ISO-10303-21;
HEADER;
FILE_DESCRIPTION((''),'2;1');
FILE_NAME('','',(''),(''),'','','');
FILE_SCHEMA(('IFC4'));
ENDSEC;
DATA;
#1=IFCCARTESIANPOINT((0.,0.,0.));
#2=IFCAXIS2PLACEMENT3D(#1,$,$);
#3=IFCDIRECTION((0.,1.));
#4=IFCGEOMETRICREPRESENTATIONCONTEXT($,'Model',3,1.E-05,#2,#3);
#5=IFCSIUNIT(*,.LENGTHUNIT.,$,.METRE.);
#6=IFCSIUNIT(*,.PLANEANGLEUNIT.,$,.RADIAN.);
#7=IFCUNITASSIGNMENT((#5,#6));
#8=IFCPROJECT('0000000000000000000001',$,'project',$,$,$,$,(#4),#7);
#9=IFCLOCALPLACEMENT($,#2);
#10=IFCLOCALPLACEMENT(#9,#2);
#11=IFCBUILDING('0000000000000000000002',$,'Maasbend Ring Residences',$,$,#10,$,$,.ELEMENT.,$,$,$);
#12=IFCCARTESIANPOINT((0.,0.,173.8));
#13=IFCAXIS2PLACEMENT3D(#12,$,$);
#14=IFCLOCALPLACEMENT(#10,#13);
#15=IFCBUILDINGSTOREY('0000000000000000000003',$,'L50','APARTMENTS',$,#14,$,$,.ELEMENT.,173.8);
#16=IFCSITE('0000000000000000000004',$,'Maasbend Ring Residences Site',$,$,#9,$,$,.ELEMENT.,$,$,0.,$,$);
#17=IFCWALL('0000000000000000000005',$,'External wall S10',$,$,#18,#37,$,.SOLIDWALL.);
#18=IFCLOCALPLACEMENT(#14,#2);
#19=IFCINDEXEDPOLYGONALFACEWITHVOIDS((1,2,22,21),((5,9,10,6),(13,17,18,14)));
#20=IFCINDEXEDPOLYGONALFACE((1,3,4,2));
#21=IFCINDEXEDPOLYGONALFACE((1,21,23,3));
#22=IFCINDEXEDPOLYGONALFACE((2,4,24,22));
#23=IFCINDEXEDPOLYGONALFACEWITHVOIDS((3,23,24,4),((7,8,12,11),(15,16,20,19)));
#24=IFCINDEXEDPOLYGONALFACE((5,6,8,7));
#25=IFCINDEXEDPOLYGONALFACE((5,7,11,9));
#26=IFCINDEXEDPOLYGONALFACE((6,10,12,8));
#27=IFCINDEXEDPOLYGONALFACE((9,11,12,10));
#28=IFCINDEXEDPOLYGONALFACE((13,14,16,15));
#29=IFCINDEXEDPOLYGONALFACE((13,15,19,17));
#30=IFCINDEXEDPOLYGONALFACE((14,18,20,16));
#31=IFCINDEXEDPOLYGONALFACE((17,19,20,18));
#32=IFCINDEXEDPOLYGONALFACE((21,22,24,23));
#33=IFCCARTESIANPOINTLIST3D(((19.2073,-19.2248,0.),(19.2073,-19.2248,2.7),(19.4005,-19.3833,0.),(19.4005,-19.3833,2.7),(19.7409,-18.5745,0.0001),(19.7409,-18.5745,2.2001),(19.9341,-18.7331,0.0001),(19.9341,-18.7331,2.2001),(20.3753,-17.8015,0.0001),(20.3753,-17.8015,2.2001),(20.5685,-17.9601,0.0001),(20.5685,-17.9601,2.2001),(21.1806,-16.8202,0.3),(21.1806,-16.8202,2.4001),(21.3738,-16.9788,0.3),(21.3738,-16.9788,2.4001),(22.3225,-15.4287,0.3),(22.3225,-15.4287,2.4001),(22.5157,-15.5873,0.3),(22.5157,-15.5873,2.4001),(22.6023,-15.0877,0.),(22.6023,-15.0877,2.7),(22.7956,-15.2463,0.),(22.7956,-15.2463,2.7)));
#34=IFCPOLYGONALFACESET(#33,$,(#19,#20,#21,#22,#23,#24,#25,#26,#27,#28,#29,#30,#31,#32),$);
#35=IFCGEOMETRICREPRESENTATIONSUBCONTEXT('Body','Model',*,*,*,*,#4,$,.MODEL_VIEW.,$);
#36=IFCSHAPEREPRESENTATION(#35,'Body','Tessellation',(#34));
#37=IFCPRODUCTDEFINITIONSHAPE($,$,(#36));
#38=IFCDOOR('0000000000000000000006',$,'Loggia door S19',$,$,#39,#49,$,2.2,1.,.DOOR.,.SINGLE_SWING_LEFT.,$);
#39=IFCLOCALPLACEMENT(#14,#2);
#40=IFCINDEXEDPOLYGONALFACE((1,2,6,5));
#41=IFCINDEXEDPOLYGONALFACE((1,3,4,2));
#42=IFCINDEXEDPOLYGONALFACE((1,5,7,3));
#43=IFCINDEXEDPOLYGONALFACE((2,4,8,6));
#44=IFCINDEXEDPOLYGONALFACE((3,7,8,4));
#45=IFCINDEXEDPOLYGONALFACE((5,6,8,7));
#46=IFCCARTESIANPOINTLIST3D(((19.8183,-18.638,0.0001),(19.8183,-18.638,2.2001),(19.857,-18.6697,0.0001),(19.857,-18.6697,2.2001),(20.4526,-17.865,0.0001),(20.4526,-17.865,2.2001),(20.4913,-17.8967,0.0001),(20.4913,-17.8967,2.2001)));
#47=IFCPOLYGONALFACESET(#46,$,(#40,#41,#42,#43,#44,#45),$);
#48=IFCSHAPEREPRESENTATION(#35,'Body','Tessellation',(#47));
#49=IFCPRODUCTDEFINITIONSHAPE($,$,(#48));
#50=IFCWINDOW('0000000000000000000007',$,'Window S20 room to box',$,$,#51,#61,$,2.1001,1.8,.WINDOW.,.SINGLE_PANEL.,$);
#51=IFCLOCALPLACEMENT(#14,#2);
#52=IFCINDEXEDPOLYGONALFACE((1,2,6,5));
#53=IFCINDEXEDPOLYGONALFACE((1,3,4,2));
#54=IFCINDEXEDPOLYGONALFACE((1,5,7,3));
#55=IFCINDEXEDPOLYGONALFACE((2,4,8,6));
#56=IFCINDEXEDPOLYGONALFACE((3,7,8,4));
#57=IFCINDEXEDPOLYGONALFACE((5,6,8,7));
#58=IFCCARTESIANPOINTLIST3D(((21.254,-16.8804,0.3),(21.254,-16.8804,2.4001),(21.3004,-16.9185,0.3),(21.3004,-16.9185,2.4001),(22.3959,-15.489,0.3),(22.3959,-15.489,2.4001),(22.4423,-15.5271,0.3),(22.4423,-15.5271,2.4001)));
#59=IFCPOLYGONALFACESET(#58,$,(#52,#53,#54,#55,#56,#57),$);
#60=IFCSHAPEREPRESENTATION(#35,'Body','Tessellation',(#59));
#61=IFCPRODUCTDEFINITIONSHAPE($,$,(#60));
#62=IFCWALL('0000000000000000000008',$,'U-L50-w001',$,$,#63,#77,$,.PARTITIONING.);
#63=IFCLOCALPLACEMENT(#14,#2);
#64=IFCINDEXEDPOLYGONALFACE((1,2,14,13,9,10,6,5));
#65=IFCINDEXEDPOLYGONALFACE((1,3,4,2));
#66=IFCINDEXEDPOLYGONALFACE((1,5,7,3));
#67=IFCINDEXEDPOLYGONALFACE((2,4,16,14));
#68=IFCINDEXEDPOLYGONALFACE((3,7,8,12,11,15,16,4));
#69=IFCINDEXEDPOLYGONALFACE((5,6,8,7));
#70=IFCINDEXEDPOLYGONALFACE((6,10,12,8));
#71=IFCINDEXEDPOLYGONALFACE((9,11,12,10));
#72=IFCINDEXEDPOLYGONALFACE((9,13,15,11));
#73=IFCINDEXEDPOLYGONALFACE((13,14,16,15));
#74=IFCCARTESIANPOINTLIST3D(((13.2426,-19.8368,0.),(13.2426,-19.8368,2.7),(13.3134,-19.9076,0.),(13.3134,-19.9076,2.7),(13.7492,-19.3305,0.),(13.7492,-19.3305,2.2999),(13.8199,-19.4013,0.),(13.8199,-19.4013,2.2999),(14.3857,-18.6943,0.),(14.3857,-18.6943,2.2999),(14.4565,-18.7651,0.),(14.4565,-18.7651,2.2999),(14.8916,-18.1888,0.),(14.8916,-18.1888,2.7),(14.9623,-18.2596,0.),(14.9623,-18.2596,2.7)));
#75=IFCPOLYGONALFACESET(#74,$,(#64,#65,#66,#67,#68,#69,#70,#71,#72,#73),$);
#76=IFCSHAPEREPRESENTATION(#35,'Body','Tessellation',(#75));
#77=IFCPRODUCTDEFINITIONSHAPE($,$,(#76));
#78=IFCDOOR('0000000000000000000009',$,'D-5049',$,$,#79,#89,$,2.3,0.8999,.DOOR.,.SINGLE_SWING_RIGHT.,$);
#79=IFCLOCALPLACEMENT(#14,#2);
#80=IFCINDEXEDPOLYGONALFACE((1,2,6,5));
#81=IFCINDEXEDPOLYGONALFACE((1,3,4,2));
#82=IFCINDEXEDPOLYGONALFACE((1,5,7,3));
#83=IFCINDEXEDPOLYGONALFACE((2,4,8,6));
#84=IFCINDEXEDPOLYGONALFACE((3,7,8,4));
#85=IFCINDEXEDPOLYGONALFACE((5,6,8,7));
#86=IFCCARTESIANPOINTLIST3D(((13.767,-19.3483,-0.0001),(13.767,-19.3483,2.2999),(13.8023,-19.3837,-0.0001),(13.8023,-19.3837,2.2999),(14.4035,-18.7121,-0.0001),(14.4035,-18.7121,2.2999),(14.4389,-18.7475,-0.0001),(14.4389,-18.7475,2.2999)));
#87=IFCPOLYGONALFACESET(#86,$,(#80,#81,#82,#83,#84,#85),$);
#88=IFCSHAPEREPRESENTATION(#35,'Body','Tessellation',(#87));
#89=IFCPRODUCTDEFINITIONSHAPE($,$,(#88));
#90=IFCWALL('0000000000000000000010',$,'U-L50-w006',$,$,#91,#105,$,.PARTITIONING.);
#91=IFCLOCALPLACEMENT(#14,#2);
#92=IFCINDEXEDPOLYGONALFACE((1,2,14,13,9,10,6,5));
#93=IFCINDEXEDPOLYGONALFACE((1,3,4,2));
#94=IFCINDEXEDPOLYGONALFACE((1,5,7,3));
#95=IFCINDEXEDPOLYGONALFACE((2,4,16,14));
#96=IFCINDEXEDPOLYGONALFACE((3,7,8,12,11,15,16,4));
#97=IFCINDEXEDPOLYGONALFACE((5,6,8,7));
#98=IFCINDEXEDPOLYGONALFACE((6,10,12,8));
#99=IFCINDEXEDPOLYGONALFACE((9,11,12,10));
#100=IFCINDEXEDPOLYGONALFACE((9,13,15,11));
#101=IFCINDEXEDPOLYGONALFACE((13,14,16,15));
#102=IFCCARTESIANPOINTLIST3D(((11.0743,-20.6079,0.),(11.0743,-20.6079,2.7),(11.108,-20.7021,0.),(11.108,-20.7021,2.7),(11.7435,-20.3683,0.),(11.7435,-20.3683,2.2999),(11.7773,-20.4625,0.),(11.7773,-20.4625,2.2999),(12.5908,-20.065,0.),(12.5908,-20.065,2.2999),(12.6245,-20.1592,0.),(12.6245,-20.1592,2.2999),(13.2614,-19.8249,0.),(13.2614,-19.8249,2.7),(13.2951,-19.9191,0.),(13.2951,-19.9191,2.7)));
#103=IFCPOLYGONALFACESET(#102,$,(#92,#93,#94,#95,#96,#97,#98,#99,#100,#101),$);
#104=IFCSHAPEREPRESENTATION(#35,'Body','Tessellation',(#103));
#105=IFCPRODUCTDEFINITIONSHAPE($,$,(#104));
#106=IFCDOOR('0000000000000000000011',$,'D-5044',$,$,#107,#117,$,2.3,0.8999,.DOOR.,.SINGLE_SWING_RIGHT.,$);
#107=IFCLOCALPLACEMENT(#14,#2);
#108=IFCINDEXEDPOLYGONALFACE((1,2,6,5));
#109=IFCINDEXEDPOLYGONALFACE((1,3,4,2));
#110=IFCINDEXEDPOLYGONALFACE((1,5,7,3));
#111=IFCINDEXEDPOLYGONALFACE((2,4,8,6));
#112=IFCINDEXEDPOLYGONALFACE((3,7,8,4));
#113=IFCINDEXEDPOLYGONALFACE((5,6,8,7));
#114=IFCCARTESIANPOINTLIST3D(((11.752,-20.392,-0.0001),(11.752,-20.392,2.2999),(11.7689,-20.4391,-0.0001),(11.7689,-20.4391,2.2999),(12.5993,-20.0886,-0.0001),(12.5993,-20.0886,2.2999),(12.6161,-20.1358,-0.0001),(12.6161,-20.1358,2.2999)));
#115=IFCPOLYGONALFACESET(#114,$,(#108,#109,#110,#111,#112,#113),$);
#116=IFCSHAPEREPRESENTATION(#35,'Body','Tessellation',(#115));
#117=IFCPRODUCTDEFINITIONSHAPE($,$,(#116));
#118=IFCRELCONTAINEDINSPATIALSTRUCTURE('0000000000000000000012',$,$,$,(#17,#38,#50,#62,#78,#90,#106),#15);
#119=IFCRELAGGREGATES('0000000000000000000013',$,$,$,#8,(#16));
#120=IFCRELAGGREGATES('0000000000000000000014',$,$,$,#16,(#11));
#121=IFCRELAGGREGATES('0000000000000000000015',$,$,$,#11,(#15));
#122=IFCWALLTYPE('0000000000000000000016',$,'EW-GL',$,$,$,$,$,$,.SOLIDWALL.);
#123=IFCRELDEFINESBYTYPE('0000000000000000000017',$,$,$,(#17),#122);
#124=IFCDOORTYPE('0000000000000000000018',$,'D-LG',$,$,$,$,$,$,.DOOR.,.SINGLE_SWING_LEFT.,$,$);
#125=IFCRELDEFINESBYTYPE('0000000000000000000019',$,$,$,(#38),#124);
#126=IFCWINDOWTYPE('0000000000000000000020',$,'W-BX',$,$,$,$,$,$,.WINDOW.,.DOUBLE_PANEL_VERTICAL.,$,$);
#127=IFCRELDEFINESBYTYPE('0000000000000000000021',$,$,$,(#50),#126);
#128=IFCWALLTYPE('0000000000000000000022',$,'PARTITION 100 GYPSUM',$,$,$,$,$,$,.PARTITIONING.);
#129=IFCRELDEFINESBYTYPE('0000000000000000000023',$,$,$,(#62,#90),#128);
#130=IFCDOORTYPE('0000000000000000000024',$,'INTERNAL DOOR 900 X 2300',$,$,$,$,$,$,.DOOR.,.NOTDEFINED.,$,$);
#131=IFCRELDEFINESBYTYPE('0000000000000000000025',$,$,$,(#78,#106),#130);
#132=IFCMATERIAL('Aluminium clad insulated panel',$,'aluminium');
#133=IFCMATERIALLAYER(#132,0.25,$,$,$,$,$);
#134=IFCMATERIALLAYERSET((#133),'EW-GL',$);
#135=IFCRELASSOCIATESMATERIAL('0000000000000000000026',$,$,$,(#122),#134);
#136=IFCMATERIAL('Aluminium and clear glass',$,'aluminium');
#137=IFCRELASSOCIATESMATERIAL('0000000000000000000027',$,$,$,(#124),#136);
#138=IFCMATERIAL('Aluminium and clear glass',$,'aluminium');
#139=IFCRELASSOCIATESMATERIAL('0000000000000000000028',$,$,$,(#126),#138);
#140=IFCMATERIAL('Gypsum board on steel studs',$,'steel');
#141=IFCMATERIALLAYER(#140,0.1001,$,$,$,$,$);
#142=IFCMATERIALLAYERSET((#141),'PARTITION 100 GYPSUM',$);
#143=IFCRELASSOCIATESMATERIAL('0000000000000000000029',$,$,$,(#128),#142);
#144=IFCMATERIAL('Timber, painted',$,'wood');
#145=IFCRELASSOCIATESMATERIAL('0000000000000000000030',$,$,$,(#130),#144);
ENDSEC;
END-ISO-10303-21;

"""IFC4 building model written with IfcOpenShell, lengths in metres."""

from ifc_helpers import new_model, si_unit, direction, frame, frame_2d, origin, place, context, subcontext, project, spatial, rectangle, extrude, material, layer, layer_set, type_object, element, fill, save


model = new_model("IFC4")

# Units and contexts
model_context = context("Model", 3, precision=1e-05, world=origin(), true_north=direction((0.0, 1.0)))
body_context = subcontext(model_context, "Body", "Model", "MODEL_VIEW")
ifc_project = project(units=[si_unit("LENGTHUNIT", "METRE"), si_unit("PLANEANGLEUNIT", "RADIAN")], contexts=[model_context])

# Site, building, storey
site_placement = place(None, origin())
site = spatial("IfcSite", under=ifc_project, at=site_placement, Name="Maasbend Ring Residences Site", CompositionType="ELEMENT", RefElevation=0.0)
building_placement = place(site_placement, origin())
building = spatial("IfcBuilding", under=site, at=building_placement, Name="Maasbend Ring Residences", CompositionType="ELEMENT")
storey_placement = place(building_placement, frame((0.0, 0.0, 173.8)))
storey = spatial("IfcBuildingStorey", under=building, at=storey_placement, Name="L50", Description="APARTMENTS", CompositionType="ELEMENT", Elevation=173.8)

# Wall, openings, door, window
ifc_material_1 = material(Name="Aluminium clad insulated panel", Category="aluminium")
ifc_layer_1 = layer(ifc_material_1, 0.25)
ifc_layer_set_1 = layer_set([ifc_layer_1], Name="EW-GL")
wall_type_1 = type_object("IfcWallType", Name="EW-GL", PredefinedType="SOLIDWALL", material=ifc_layer_set_1)
ifc_material_2 = material(Name="Aluminium and clear glass", Category="aluminium")
door_type_1 = type_object("IfcDoorType", Name="D-LG", OperationType="SINGLE_SWING_LEFT", PredefinedType="DOOR", material=ifc_material_2)
ifc_material_3 = material(Name="Aluminium and clear glass", Category="aluminium")
window_type_1 = type_object("IfcWindowType", Name="W-BX", PartitioningType="DOUBLE_PANEL_VERTICAL", PredefinedType="WINDOW", material=ifc_material_3)
wall_1_placement = place(storey_placement, frame((19.304, -19.304, 0.0), z_axis=(0.0, 0.0, 1.0), x_axis=(0.634382, 0.773019, 0.0)))
wall_1 = element("IfcWall", 1, at=wall_1_placement, inside=storey, type_object=wall_type_1, Name="External wall S10", PredefinedType="SOLIDWALL", context=body_context, shape_type="SweptSolid", body=[
    extrude(rectangle(XDim=5.3518, YDim=0.25, at=frame_2d((2.6758, 0.0))), origin(), (0.0, 0.0, 1.0), 2.7),
])
opening_1_placement = place(wall_1_placement, frame((0.8411, 0.0, 0.0)))
opening_1 = element("IfcOpeningElement", 2, at=opening_1_placement, cuts=wall_1, PredefinedType="OPENING", context=body_context, shape_type="SweptSolid", body=[
    extrude(rectangle(XDim=1.0, YDim=2.2, at=frame_2d((0.5, 1.1001))), frame((0.0, 0.135, 0.0), z_axis=(0.0, -1.0, 0.0), x_axis=(1.0, 0.0, 0.0)), (0.0, 0.0, 1.0), 0.27),
])
opening_2_placement = place(wall_1_placement, frame((3.1106, 0.0, 0.3)))
opening_2 = element("IfcOpeningElement", 3, at=opening_2_placement, cuts=wall_1, PredefinedType="OPENING", context=body_context, shape_type="SweptSolid", body=[
    extrude(rectangle(XDim=1.8, YDim=2.1001, at=frame_2d((0.8999, 1.05))), frame((0.0, 0.135, 0.0), z_axis=(0.0, -1.0, 0.0), x_axis=(1.0, 0.0, 0.0)), (0.0, 0.0, 1.0), 0.27),
])
door_1_placement = place(opening_1_placement, origin())
door_1 = element("IfcDoor", 4, at=door_1_placement, inside=storey, type_object=door_type_1, Name="Loggia door S19", OperationType="SINGLE_SWING_LEFT", OverallHeight=2.2, OverallWidth=1.0, PredefinedType="DOOR", context=body_context, shape_type="SweptSolid", body=[
    extrude(rectangle(XDim=1.0, YDim=2.2, at=frame_2d((0.5, 1.1001))), frame((0.0, 0.0249, 0.0), z_axis=(0.0, -1.0, 0.0), x_axis=(1.0, 0.0, 0.0)), (0.0, 0.0, 1.0), 0.05),
])
fill(opening_1, door_1)
window_1_placement = place(opening_2_placement, origin())
window_1 = element("IfcWindow", 5, at=window_1_placement, inside=storey, type_object=window_type_1, Name="Window S20 room to box", OverallHeight=2.1001, OverallWidth=1.8, PartitioningType="SINGLE_PANEL", PredefinedType="WINDOW", context=body_context, shape_type="SweptSolid", body=[
    extrude(rectangle(XDim=1.8, YDim=2.1001, at=frame_2d((0.8999, 1.05))), frame((0.0, 0.03, 0.0), z_axis=(0.0, -1.0, 0.0), x_axis=(1.0, 0.0, 0.0)), (0.0, 0.0, 1.0), 0.0601),
])
fill(opening_2, window_1)

# Walls, openings, doors
ifc_material_4 = material(Name="Gypsum board on steel studs", Category="steel")
ifc_layer_2 = layer(ifc_material_4, 0.1001)
ifc_layer_set_2 = layer_set([ifc_layer_2], Name="PARTITION 100 GYPSUM")
wall_type_2 = type_object("IfcWallType", Name="PARTITION 100 GYPSUM", PredefinedType="PARTITIONING", material=ifc_layer_set_2)
wall_2_placement = place(storey_placement, frame((13.2781, -19.8721, 0.0), z_axis=(0.0, 0.0, 1.0), x_axis=(0.707316, 0.706897, 0.0)))
wall_2 = element("IfcWall", 6, at=wall_2_placement, inside=storey, type_object=wall_type_2, Name="U-L50-w001", PredefinedType="PARTITIONING", context=body_context, shape_type="SweptSolid", body=[
    extrude(rectangle(XDim=2.3313, YDim=0.1001, at=frame_2d((1.1655, 0.0))), origin(), (0.0, 0.0, 1.0), 2.7),
])
opening_3_placement = place(wall_2_placement, frame((0.7161, 0.0, 0.0)))
opening_3 = element("IfcOpeningElement", 7, at=opening_3_placement, cuts=wall_2, PredefinedType="OPENING", context=body_context, shape_type="SweptSolid", body=[
    extrude(rectangle(XDim=0.8999, YDim=2.3, at=frame_2d((0.45, 1.1499))), frame((0.0, 0.0601, 0.0), z_axis=(0.0, -1.0, 0.0), x_axis=(1.0, 0.0, 0.0)), (0.0, 0.0, 1.0), 0.1201),
])
ifc_material_5 = material(Name="Timber, painted", Category="wood")
door_type_2 = type_object("IfcDoorType", Name="INTERNAL DOOR 900 X 2300", OperationType="NOTDEFINED", PredefinedType="DOOR", material=ifc_material_5)
door_2_placement = place(opening_3_placement, origin())
door_2 = element("IfcDoor", 8, at=door_2_placement, inside=storey, type_object=door_type_2, Name="D-5049", OperationType="SINGLE_SWING_RIGHT", OverallHeight=2.3, OverallWidth=0.8999, PredefinedType="DOOR", context=body_context, shape_type="SweptSolid", body=[
    extrude(rectangle(XDim=0.8999, YDim=2.3, at=frame_2d((0.45, 1.1499))), frame((0.0, 0.0249, 0.0), z_axis=(0.0, -1.0, 0.0), x_axis=(1.0, 0.0, 0.0)), (0.0, 0.0, 1.0), 0.05),
])
fill(opening_3, door_2)
wall_3_placement = place(storey_placement, frame((11.0911, -20.655, 0.0), z_axis=(0.0, 0.0, 1.0), x_axis=(0.941485, 0.337055, 0.0)))
wall_3 = element("IfcWall", 9, at=wall_3_placement, inside=storey, type_object=wall_type_2, Name="U-L50-w006", PredefinedType="PARTITIONING", context=body_context, shape_type="SweptSolid", body=[
    extrude(rectangle(XDim=2.323, YDim=0.1001, at=frame_2d((1.1616, 0.0))), origin(), (0.0, 0.0, 1.0), 2.7),
])
opening_4_placement = place(wall_3_placement, frame((0.7109, 0.0, 0.0)))
opening_4 = element("IfcOpeningElement", 10, at=opening_4_placement, cuts=wall_3, PredefinedType="OPENING", context=body_context, shape_type="SweptSolid", body=[
    extrude(rectangle(XDim=0.8999, YDim=2.3, at=frame_2d((0.45, 1.1499))), frame((0.0, 0.0601, 0.0), z_axis=(0.0, -1.0, 0.0), x_axis=(1.0, 0.0, 0.0)), (0.0, 0.0, 1.0), 0.1201),
])
door_3_placement = place(opening_4_placement, origin())
door_3 = element("IfcDoor", 11, at=door_3_placement, inside=storey, type_object=door_type_2, Name="D-5044", OperationType="SINGLE_SWING_RIGHT", OverallHeight=2.3, OverallWidth=0.8999, PredefinedType="DOOR", context=body_context, shape_type="SweptSolid", body=[
    extrude(rectangle(XDim=0.8999, YDim=2.3, at=frame_2d((0.45, 1.1499))), frame((0.0, 0.0249, 0.0), z_axis=(0.0, -1.0, 0.0), x_axis=(1.0, 0.0, 0.0)), (0.0, 0.0, 1.0), 0.05),
])
fill(opening_4, door_3)

save(model, "model.ifc")
